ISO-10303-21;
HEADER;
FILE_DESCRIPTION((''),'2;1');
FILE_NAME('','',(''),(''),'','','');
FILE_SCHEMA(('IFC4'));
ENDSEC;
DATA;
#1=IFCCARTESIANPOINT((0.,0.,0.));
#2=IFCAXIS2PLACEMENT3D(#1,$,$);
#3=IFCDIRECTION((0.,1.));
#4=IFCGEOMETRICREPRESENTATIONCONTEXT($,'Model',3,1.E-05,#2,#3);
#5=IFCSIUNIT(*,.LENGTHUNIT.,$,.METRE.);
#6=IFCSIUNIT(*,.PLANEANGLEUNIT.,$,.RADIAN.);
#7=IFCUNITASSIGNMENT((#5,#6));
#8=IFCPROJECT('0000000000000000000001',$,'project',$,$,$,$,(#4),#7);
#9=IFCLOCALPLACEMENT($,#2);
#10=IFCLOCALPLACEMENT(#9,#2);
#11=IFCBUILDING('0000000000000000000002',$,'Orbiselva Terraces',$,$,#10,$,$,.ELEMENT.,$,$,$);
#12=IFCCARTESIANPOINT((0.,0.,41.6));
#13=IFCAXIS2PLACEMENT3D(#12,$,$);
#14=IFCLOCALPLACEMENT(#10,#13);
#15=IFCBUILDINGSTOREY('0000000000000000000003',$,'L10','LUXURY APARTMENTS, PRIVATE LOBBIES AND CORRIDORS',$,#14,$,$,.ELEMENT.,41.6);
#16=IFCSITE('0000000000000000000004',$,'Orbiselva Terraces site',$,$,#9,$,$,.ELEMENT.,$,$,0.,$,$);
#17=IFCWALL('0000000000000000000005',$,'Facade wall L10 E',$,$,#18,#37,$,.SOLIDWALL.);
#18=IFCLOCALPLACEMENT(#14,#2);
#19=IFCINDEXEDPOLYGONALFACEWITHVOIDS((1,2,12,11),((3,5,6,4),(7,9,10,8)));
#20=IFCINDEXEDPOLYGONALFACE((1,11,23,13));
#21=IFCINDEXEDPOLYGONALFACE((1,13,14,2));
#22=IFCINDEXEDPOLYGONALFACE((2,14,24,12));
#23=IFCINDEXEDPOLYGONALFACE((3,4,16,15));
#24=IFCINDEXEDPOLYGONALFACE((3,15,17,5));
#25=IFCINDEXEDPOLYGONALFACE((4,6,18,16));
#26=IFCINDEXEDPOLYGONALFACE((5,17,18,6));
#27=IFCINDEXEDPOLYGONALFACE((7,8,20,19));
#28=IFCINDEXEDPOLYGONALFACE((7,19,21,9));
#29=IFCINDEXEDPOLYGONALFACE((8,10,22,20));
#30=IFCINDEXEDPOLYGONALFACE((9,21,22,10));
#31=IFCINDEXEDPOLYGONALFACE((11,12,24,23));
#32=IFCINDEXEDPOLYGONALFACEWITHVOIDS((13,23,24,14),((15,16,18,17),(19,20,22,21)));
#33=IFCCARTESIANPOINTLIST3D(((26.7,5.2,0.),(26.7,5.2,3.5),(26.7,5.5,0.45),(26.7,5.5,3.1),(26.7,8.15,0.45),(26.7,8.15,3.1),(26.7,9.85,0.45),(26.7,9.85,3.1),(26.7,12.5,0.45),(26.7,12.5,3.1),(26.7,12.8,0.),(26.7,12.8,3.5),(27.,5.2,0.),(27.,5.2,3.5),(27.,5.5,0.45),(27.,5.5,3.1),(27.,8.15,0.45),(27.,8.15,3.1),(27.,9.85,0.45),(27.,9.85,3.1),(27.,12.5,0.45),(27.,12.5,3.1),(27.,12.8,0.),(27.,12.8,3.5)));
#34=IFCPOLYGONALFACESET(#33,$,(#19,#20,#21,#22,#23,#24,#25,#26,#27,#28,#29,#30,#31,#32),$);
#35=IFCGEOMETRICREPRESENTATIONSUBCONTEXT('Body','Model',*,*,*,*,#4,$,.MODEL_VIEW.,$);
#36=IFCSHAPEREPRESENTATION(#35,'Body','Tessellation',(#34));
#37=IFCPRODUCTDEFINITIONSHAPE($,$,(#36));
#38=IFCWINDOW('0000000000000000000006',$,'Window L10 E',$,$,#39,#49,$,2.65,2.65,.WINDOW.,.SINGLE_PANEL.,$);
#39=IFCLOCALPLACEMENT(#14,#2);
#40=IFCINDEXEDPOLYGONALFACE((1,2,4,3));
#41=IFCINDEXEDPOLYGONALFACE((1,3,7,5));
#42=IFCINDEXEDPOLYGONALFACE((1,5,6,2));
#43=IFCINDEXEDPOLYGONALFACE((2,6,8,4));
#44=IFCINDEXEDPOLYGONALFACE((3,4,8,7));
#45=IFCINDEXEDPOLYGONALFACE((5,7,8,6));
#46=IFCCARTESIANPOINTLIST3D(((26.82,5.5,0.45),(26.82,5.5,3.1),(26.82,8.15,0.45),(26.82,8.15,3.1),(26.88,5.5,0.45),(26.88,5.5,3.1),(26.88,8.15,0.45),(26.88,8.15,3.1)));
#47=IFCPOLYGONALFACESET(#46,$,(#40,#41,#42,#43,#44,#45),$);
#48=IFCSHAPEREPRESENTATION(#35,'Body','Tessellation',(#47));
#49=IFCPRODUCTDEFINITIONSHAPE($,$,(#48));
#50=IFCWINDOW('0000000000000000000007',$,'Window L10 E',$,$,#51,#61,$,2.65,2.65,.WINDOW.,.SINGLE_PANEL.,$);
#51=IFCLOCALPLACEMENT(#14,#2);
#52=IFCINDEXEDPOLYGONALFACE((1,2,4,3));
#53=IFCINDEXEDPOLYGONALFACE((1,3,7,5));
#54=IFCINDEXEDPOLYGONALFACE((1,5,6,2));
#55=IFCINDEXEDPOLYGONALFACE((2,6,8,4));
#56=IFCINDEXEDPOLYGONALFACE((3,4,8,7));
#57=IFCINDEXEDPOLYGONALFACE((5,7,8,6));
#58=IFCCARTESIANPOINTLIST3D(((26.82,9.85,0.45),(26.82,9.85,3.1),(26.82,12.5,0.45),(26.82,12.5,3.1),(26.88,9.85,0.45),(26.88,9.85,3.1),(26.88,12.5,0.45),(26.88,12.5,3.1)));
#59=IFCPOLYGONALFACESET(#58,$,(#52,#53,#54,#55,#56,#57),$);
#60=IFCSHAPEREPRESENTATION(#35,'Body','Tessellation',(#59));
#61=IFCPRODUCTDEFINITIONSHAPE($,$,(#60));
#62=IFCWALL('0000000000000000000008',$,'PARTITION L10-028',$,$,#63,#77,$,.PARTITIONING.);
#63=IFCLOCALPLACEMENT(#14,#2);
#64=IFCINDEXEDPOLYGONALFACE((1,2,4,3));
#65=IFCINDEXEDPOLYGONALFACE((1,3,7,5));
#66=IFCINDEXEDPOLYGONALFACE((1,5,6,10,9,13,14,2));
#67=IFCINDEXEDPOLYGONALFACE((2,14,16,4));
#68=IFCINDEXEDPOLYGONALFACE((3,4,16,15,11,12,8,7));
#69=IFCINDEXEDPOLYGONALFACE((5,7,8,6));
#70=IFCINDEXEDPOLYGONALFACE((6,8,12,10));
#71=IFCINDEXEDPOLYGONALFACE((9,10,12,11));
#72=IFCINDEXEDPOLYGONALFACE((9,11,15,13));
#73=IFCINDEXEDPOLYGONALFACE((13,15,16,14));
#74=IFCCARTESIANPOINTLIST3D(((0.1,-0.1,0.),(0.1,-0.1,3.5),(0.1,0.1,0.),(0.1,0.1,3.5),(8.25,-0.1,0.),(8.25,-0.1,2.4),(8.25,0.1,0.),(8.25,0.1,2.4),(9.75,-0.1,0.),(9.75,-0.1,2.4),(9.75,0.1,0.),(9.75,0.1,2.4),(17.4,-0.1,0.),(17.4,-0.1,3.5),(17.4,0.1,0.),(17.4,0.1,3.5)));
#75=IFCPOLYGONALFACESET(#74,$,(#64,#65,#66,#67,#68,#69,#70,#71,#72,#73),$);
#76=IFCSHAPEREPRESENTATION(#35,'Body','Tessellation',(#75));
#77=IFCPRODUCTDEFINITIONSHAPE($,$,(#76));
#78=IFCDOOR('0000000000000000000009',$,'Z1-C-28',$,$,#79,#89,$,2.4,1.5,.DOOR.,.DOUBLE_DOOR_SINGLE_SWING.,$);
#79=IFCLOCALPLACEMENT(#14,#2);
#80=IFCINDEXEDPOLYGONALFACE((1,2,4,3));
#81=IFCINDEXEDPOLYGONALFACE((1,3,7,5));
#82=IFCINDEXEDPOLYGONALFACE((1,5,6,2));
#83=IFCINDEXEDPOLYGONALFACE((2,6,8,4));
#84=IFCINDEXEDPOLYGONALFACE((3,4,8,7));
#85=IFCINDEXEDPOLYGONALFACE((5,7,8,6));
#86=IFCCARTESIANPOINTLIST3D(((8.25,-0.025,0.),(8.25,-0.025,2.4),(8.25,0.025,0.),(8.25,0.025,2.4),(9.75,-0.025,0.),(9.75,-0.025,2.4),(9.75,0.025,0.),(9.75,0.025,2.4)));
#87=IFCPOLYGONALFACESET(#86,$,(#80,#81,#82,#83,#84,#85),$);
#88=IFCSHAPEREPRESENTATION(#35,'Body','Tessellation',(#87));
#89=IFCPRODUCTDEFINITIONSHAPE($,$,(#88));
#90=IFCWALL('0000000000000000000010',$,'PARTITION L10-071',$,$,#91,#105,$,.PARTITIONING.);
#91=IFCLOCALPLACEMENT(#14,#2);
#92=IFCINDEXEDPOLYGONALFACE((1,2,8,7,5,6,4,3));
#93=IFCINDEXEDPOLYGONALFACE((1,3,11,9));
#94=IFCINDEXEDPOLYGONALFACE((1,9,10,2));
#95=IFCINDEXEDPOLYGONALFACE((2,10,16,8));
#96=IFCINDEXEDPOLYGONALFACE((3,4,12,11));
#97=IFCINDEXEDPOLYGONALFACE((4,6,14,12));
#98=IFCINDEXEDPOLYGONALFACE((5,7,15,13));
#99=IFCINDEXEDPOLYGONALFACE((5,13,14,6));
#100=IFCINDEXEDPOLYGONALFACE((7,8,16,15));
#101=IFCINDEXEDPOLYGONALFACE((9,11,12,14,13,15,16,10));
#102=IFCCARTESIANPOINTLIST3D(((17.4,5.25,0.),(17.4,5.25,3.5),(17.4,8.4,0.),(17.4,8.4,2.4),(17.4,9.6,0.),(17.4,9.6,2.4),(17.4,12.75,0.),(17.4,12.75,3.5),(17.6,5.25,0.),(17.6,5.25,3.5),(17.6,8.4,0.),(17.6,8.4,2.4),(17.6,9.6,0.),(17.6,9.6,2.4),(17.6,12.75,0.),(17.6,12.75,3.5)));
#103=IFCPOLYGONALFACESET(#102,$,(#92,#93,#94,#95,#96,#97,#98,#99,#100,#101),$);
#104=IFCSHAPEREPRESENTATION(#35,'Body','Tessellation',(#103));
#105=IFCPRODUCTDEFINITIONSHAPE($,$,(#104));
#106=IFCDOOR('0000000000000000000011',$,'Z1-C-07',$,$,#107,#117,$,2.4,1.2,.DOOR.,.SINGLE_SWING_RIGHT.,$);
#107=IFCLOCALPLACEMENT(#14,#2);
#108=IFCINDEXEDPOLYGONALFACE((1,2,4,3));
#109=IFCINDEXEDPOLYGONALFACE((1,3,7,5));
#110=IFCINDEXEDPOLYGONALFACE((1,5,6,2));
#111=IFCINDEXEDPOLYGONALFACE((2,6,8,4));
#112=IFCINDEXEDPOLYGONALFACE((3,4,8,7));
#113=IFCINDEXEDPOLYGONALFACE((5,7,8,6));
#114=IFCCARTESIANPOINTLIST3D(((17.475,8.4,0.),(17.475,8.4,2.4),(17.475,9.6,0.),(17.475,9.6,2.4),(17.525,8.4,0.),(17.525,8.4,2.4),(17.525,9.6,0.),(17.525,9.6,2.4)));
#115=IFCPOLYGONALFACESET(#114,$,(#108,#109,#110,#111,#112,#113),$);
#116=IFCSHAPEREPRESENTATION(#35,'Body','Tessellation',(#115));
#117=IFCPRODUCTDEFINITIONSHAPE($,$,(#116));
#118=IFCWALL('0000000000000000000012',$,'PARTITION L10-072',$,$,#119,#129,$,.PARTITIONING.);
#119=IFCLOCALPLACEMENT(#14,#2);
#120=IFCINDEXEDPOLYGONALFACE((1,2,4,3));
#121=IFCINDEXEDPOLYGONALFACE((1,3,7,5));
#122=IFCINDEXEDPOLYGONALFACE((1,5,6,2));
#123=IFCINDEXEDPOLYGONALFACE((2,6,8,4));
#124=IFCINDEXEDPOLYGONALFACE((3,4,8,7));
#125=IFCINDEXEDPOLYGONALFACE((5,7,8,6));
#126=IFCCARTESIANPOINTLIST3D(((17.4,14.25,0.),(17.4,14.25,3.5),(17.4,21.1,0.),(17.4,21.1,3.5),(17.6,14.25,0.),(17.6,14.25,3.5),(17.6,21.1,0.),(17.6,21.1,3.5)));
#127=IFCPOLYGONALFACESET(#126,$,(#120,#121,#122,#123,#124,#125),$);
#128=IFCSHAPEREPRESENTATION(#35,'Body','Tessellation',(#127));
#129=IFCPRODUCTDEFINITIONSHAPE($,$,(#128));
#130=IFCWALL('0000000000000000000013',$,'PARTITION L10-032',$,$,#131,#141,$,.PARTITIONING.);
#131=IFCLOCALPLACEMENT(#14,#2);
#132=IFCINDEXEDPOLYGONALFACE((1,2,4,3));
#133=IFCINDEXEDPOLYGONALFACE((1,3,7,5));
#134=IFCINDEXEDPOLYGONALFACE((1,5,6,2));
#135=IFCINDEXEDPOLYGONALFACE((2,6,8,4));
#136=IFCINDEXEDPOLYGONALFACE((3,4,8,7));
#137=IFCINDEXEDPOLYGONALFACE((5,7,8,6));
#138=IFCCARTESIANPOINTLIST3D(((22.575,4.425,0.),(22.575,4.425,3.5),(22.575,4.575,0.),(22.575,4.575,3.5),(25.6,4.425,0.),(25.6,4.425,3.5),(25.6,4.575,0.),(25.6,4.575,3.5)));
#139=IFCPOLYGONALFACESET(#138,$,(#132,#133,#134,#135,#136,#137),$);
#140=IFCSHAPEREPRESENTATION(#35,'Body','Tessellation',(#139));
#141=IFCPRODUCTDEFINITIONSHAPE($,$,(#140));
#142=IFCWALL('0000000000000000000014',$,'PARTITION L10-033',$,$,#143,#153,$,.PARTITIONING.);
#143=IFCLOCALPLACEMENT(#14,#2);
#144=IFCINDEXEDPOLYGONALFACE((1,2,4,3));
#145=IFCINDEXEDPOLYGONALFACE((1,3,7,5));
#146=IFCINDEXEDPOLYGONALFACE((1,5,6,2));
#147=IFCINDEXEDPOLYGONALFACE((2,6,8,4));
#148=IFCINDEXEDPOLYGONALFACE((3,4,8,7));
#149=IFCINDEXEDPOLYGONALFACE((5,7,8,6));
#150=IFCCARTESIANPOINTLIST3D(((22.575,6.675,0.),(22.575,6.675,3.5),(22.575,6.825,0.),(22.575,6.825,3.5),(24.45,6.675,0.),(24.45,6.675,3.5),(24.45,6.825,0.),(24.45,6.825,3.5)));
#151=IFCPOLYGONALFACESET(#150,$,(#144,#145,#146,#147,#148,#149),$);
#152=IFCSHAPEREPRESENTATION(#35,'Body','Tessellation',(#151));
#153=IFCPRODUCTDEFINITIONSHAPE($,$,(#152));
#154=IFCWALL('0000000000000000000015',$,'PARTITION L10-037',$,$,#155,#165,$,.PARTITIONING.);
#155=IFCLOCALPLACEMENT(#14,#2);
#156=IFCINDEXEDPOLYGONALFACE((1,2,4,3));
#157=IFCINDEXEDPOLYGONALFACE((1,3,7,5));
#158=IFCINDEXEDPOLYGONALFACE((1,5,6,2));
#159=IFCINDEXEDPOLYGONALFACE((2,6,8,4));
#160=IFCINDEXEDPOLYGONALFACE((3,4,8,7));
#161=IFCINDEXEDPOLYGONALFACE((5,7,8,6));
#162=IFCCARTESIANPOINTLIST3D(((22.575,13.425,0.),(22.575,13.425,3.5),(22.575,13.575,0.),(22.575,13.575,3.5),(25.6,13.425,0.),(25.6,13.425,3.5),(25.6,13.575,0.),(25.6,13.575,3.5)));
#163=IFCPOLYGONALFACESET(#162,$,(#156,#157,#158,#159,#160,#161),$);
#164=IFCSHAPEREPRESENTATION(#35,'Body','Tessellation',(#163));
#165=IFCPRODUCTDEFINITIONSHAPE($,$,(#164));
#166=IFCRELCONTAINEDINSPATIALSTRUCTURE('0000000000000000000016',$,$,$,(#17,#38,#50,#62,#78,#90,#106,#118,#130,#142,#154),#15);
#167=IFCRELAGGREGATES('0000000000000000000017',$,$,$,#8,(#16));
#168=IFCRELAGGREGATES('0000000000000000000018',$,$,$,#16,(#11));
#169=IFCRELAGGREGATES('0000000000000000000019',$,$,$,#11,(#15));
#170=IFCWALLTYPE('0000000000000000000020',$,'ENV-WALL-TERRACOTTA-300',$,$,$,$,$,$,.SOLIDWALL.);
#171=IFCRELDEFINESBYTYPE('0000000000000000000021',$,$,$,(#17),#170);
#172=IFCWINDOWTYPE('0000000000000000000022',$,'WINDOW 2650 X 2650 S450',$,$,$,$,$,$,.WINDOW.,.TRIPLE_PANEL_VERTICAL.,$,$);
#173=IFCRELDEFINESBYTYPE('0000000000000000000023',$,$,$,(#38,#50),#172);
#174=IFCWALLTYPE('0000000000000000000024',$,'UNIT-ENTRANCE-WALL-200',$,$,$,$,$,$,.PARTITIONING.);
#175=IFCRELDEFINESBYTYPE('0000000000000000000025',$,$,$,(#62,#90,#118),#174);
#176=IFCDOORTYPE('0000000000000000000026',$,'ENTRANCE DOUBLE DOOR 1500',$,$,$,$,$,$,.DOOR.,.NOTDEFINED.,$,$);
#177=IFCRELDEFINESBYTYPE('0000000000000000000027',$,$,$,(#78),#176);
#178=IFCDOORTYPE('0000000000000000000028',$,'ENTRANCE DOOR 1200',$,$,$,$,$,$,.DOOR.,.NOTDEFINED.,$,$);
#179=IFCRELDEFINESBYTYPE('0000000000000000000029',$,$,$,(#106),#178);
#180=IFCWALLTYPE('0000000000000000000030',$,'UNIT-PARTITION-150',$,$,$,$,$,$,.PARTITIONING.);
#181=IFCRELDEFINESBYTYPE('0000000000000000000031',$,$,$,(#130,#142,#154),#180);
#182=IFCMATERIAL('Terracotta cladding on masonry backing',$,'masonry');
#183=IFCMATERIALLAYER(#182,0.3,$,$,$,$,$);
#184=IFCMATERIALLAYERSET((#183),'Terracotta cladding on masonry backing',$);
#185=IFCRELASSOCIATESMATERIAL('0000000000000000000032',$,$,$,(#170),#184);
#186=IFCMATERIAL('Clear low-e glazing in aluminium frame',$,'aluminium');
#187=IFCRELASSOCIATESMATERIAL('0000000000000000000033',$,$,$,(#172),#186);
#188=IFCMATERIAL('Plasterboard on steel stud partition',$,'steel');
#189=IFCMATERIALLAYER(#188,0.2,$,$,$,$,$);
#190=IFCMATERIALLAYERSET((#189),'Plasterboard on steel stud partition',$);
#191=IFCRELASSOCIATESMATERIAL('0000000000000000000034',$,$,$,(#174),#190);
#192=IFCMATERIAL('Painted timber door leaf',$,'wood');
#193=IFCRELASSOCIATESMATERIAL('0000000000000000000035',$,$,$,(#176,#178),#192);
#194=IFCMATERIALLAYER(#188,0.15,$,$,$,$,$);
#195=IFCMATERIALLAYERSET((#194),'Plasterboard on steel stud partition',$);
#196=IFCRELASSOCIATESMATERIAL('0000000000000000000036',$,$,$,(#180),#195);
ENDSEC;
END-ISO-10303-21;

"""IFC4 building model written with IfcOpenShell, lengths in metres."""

from ifc_helpers import new_model, si_unit, direction, frame, frame_2d, origin, place, context, subcontext, project, spatial, rectangle, extrude, material, layer, layer_set, type_object, element, fill, save


model = new_model("IFC4")

# Units and contexts
model_context = context("Model", 3, precision=1e-05, world=origin(), true_north=direction((0.0, 1.0)))
body_context = subcontext(model_context, "Body", "Model", "MODEL_VIEW")
ifc_project = project(units=[si_unit("LENGTHUNIT", "METRE"), si_unit("PLANEANGLEUNIT", "RADIAN")], contexts=[model_context])

# Site, building, storey
site_placement = place(None, origin())
site = spatial("IfcSite", under=ifc_project, at=site_placement, Name="Orbiselva Terraces site", CompositionType="ELEMENT", RefElevation=0.0)
building_placement = place(site_placement, origin())
building = spatial("IfcBuilding", under=site, at=building_placement, Name="Orbiselva Terraces", CompositionType="ELEMENT")
storey_placement = place(building_placement, frame((0.0, 0.0, 41.6)))
storey = spatial("IfcBuildingStorey", under=building, at=storey_placement, Name="L10", Description="LUXURY APARTMENTS, PRIVATE LOBBIES AND CORRIDORS", CompositionType="ELEMENT", Elevation=41.6)

# Shared definitions
ifc_material_1 = material(Name="Terracotta cladding on masonry backing", Category="masonry")
ifc_layer_1 = layer(ifc_material_1, 0.3)
ifc_layer_set_1 = layer_set([ifc_layer_1], Name="Terracotta cladding on masonry backing")
wall_type_1 = type_object("IfcWallType", Name="ENV-WALL-TERRACOTTA-300", PredefinedType="SOLIDWALL", material=ifc_layer_set_1)
ifc_material_2 = material(Name="Clear low-e glazing in aluminium frame", Category="aluminium")
window_type = type_object("IfcWindowType", Name="WINDOW 2650 X 2650 S450", PartitioningType="TRIPLE_PANEL_VERTICAL", PredefinedType="WINDOW", material=ifc_material_2)

# Wall, openings, windows
wall_1_placement = place(storey_placement, frame((26.85, 12.8, 0.0), z_axis=(0.0, 0.0, 1.0), x_axis=(0.0, -1.0, 0.0)))
wall_1 = element("IfcWall", 1, at=wall_1_placement, inside=storey, type_object=wall_type_1, Name="Facade wall L10 E", PredefinedType="SOLIDWALL", context=body_context, shape_type="SweptSolid", body=[
    extrude(rectangle(XDim=7.6, YDim=0.3, at=frame_2d((3.8, 0.0))), origin(), (0.0, 0.0, 1.0), 3.5),
])
opening_1_placement = place(wall_1_placement, frame((4.65, 0.0, 0.45)))
opening_1 = element("IfcOpeningElement", 2, at=opening_1_placement, cuts=wall_1, PredefinedType="OPENING", context=body_context, shape_type="SweptSolid", body=[
    extrude(rectangle(XDim=2.65, YDim=2.65, at=frame_2d((1.325, 1.325))), frame((0.0, 0.16, 0.0), z_axis=(0.0, -1.0, 0.0), x_axis=(1.0, 0.0, 0.0)), (0.0, 0.0, 1.0), 0.32),
])
opening_2_placement = place(wall_1_placement, frame((0.3, 0.0, 0.45)))
opening_2 = element("IfcOpeningElement", 3, at=opening_2_placement, cuts=wall_1, PredefinedType="OPENING", context=body_context, shape_type="SweptSolid", body=[
    extrude(rectangle(XDim=2.65, YDim=2.65, at=frame_2d((1.325, 1.325))), frame((0.0, 0.16, 0.0), z_axis=(0.0, -1.0, 0.0), x_axis=(1.0, 0.0, 0.0)), (0.0, 0.0, 1.0), 0.32),
])
window_1_placement = place(opening_1_placement, origin())
window_1 = element("IfcWindow", 4, at=window_1_placement, inside=storey, type_object=window_type, Name="Window L10 E", OverallHeight=2.65, OverallWidth=2.65, PartitioningType="SINGLE_PANEL", PredefinedType="WINDOW", context=body_context, shape_type="SweptSolid", body=[
    extrude(rectangle(XDim=2.65, YDim=2.65, at=frame_2d((1.325, 1.325))), frame((0.0, 0.03, 0.0), z_axis=(0.0, -1.0, 0.0), x_axis=(1.0, 0.0, 0.0)), (0.0, 0.0, 1.0), 0.06),
])
fill(opening_1, window_1)
window_2_placement = place(opening_2_placement, origin())
window_2 = element("IfcWindow", 5, at=window_2_placement, inside=storey, type_object=window_type, Name="Window L10 E", OverallHeight=2.65, OverallWidth=2.65, PartitioningType="SINGLE_PANEL", PredefinedType="WINDOW", context=body_context, shape_type="SweptSolid", body=[
    extrude(rectangle(XDim=2.65, YDim=2.65, at=frame_2d((1.325, 1.325))), frame((0.0, 0.03, 0.0), z_axis=(0.0, -1.0, 0.0), x_axis=(1.0, 0.0, 0.0)), (0.0, 0.0, 1.0), 0.06),
])
fill(opening_2, window_2)

# Walls, openings, doors
ifc_material_3 = material(Name="Plasterboard on steel stud partition", Category="steel")
ifc_layer_2 = layer(ifc_material_3, 0.2)
ifc_layer_set_2 = layer_set([ifc_layer_2], Name="Plasterboard on steel stud partition")
wall_type_2 = type_object("IfcWallType", Name="UNIT-ENTRANCE-WALL-200", PredefinedType="PARTITIONING", material=ifc_layer_set_2)
wall_2_placement = place(storey_placement, frame((17.4, 0.0, 0.0), z_axis=(0.0, 0.0, 1.0), x_axis=(-1.0, 0.0, 0.0)))
wall_2 = element("IfcWall", 6, at=wall_2_placement, inside=storey, type_object=wall_type_2, Name="PARTITION L10-028", PredefinedType="PARTITIONING", context=body_context, shape_type="SweptSolid", body=[
    extrude(rectangle(XDim=17.3, YDim=0.2, at=frame_2d((8.65, 0.0))), origin(), (0.0, 0.0, 1.0), 3.5),
])
opening_3_placement = place(wall_2_placement, frame((7.65, 0.0, 0.0)))
opening_3 = element("IfcOpeningElement", 7, at=opening_3_placement, cuts=wall_2, PredefinedType="OPENING", context=body_context, shape_type="SweptSolid", body=[
    extrude(rectangle(XDim=1.5, YDim=2.4, at=frame_2d((0.75, 1.2))), frame((0.0, 0.11, 0.0), z_axis=(0.0, -1.0, 0.0), x_axis=(1.0, 0.0, 0.0)), (0.0, 0.0, 1.0), 0.22),
])
ifc_material_4 = material(Name="Painted timber door leaf", Category="wood")
door_type_1 = type_object("IfcDoorType", Name="ENTRANCE DOUBLE DOOR 1500", OperationType="NOTDEFINED", PredefinedType="DOOR", material=ifc_material_4)
door_1_placement = place(opening_3_placement, origin())
door_1 = element("IfcDoor", 8, at=door_1_placement, inside=storey, type_object=door_type_1, Name="Z1-C-28", OperationType="DOUBLE_DOOR_SINGLE_SWING", OverallHeight=2.4, OverallWidth=1.5, PredefinedType="DOOR", context=body_context, shape_type="SweptSolid", body=[
    extrude(rectangle(XDim=1.5, YDim=2.4, at=frame_2d((0.75, 1.2))), frame((0.0, 0.025, 0.0), z_axis=(0.0, -1.0, 0.0), x_axis=(1.0, 0.0, 0.0)), (0.0, 0.0, 1.0), 0.05),
])
fill(opening_3, door_1)
wall_3_placement = place(storey_placement, frame((17.5, 12.75, 0.0), z_axis=(0.0, 0.0, 1.0), x_axis=(0.0, -1.0, 0.0)))
wall_3 = element("IfcWall", 9, at=wall_3_placement, inside=storey, type_object=wall_type_2, Name="PARTITION L10-071", PredefinedType="PARTITIONING", context=body_context, shape_type="SweptSolid", body=[
    extrude(rectangle(XDim=7.5, YDim=0.2, at=frame_2d((3.75, 0.0))), origin(), (0.0, 0.0, 1.0), 3.5),
])
opening_4_placement = place(wall_3_placement, frame((3.15, 0.0, 0.0)))
opening_4 = element("IfcOpeningElement", 10, at=opening_4_placement, cuts=wall_3, PredefinedType="OPENING", context=body_context, shape_type="SweptSolid", body=[
    extrude(rectangle(XDim=1.2, YDim=2.4, at=frame_2d((0.6, 1.2))), frame((0.0, 0.11, 0.0), z_axis=(0.0, -1.0, 0.0), x_axis=(1.0, 0.0, 0.0)), (0.0, 0.0, 1.0), 0.22),
])
door_type_2 = type_object("IfcDoorType", Name="ENTRANCE DOOR 1200", OperationType="NOTDEFINED", PredefinedType="DOOR", material=ifc_material_4)
door_2_placement = place(opening_4_placement, origin())
door_2 = element("IfcDoor", 11, at=door_2_placement, inside=storey, type_object=door_type_2, Name="Z1-C-07", OperationType="SINGLE_SWING_RIGHT", OverallHeight=2.4, OverallWidth=1.2, PredefinedType="DOOR", context=body_context, shape_type="SweptSolid", body=[
    extrude(rectangle(XDim=1.2, YDim=2.4, at=frame_2d((0.6, 1.2))), frame((0.0, 0.025, 0.0), z_axis=(0.0, -1.0, 0.0), x_axis=(1.0, 0.0, 0.0)), (0.0, 0.0, 1.0), 0.05),
])
fill(opening_4, door_2)

# Walls
wall_4_placement = place(storey_placement, frame((17.5, 14.25, 0.0), z_axis=(0.0, 0.0, 1.0), x_axis=(0.0, 1.0, 0.0)))
element("IfcWall", 12, at=wall_4_placement, inside=storey, type_object=wall_type_2, Name="PARTITION L10-072", PredefinedType="PARTITIONING", context=body_context, shape_type="SweptSolid", body=[
    extrude(rectangle(XDim=6.85, YDim=0.2, at=frame_2d((3.425, 0.0))), origin(), (0.0, 0.0, 1.0), 3.5),
])
ifc_layer_3 = layer(ifc_material_3, 0.15)
ifc_layer_set_3 = layer_set([ifc_layer_3], Name="Plasterboard on steel stud partition")
wall_type_3 = type_object("IfcWallType", Name="UNIT-PARTITION-150", PredefinedType="PARTITIONING", material=ifc_layer_set_3)
wall_5_placement = place(storey_placement, frame((22.575, 4.5, 0.0), z_axis=(0.0, 0.0, 1.0), x_axis=(1.0, 0.0, 0.0)))
element("IfcWall", 13, at=wall_5_placement, inside=storey, type_object=wall_type_3, Name="PARTITION L10-032", PredefinedType="PARTITIONING", context=body_context, shape_type="SweptSolid", body=[
    extrude(rectangle(XDim=3.025, YDim=0.15, at=frame_2d((1.5125, 0.0))), origin(), (0.0, 0.0, 1.0), 3.5),
])
wall_6_placement = place(storey_placement, frame((22.575, 6.75, 0.0), z_axis=(0.0, 0.0, 1.0), x_axis=(1.0, 0.0, 0.0)))
element("IfcWall", 14, at=wall_6_placement, inside=storey, type_object=wall_type_3, Name="PARTITION L10-033", PredefinedType="PARTITIONING", context=body_context, shape_type="SweptSolid", body=[
    extrude(rectangle(XDim=1.875, YDim=0.15, at=frame_2d((0.9375, 0.0))), origin(), (0.0, 0.0, 1.0), 3.5),
])
wall_7_placement = place(storey_placement, frame((22.575, 13.5, 0.0), z_axis=(0.0, 0.0, 1.0), x_axis=(1.0, 0.0, 0.0)))
element("IfcWall", 15, at=wall_7_placement, inside=storey, type_object=wall_type_3, Name="PARTITION L10-037", PredefinedType="PARTITIONING", context=body_context, shape_type="SweptSolid", body=[
    extrude(rectangle(XDim=3.025, YDim=0.15, at=frame_2d((1.5125, 0.0))), origin(), (0.0, 0.0, 1.0), 3.5),
])

save(model, "model.ifc")
